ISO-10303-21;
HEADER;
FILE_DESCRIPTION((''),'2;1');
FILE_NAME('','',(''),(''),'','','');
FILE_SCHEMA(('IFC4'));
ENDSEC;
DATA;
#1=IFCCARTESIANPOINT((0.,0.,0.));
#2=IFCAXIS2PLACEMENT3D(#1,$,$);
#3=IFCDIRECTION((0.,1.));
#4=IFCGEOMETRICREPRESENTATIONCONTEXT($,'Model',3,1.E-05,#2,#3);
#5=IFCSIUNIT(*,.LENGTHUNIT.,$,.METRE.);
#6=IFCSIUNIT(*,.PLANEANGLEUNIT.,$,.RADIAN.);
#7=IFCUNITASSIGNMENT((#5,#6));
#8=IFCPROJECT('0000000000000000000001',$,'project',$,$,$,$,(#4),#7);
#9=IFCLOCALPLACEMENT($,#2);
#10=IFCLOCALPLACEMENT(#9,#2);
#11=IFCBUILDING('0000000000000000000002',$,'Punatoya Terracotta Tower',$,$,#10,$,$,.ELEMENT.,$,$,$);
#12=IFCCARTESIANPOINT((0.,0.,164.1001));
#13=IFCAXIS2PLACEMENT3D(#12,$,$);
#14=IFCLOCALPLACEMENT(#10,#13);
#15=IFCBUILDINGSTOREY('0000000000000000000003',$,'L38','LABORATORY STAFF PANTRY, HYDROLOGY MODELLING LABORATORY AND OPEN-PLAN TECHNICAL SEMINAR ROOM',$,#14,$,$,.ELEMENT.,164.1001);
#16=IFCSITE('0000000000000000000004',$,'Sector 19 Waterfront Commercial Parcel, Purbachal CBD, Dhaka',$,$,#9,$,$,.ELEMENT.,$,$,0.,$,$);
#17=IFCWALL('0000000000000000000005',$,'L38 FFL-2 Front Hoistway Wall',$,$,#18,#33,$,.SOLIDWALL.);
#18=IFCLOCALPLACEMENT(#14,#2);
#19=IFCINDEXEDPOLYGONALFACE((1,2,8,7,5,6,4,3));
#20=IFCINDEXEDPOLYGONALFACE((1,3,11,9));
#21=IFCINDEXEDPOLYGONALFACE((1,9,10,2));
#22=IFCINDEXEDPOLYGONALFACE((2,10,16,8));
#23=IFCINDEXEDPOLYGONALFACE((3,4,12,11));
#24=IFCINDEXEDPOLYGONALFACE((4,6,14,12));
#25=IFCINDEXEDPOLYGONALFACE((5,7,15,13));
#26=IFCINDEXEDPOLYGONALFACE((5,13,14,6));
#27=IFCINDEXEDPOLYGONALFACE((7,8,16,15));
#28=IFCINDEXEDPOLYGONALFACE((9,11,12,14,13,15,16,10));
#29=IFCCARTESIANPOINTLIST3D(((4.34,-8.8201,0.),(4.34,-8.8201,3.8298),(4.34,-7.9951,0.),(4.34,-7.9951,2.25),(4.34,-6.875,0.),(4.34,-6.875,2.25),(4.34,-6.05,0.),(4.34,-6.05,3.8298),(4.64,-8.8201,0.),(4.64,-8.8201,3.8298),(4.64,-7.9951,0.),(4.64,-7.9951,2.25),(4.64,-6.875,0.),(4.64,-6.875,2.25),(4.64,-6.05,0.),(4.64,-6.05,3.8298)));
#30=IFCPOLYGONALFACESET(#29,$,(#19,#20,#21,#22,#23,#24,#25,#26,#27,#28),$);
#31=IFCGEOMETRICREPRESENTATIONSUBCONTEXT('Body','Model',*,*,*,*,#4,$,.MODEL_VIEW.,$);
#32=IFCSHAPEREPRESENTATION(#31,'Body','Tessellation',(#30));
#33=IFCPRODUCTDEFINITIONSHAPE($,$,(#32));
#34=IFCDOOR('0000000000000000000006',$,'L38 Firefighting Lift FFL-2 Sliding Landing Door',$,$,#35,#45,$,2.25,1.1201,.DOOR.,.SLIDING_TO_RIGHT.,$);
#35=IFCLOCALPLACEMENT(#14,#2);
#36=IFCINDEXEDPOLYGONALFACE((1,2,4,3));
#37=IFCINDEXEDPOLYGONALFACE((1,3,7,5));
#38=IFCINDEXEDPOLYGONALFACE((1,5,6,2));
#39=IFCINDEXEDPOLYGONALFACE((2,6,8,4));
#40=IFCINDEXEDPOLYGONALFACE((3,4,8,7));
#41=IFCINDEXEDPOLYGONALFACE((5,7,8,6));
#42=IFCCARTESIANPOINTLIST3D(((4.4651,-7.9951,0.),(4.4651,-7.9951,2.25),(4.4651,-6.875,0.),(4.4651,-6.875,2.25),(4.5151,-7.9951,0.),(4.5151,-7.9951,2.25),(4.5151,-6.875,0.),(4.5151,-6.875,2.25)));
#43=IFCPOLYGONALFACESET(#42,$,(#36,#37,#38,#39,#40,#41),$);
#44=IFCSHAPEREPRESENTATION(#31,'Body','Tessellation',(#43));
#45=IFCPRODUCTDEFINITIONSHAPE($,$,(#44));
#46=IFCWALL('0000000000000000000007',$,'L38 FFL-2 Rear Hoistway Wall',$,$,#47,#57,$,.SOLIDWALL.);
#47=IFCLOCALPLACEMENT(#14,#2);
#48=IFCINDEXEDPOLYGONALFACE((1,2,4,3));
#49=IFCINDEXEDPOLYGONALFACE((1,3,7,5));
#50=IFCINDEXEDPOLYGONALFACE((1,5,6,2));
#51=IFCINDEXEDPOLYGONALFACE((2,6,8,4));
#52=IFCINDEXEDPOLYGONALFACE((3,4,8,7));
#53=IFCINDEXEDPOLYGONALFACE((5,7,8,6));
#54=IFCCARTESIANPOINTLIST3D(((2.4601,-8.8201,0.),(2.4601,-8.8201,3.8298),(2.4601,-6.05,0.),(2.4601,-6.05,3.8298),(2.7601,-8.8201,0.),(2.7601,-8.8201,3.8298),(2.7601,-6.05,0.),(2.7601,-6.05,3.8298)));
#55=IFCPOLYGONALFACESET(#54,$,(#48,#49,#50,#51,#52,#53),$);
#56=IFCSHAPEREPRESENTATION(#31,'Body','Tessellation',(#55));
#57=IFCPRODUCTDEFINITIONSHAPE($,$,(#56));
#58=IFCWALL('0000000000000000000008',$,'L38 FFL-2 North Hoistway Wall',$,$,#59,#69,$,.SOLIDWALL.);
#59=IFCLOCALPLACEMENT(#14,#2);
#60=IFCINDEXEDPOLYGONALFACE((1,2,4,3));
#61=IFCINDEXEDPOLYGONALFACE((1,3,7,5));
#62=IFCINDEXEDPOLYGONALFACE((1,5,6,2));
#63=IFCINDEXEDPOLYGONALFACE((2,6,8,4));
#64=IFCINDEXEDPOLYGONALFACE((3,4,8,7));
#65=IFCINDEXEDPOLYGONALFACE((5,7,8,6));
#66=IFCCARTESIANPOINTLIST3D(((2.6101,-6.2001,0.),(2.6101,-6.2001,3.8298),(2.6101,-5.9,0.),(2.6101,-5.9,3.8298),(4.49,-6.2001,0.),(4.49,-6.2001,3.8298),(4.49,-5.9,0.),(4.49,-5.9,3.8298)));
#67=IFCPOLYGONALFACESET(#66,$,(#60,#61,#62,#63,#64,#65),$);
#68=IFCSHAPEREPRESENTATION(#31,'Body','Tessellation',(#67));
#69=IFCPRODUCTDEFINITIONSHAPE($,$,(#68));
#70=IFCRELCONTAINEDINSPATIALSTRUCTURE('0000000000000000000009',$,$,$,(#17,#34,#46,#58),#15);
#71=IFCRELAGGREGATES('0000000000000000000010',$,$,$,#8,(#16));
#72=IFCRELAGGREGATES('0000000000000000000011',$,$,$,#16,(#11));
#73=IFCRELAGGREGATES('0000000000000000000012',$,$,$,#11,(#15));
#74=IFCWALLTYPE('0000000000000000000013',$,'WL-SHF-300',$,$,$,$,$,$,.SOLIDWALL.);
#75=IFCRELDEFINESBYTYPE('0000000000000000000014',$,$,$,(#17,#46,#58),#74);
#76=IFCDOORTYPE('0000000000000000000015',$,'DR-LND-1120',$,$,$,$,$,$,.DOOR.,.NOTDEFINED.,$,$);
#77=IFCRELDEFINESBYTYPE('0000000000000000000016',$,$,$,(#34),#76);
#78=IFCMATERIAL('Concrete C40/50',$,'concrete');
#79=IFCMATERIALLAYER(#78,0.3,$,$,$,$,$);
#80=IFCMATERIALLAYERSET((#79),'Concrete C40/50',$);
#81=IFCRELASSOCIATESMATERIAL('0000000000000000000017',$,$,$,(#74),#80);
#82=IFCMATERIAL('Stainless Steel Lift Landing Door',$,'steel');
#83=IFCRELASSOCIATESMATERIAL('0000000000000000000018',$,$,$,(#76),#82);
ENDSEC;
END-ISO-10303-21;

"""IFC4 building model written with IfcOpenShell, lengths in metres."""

from ifc_helpers import new_model, si_unit, direction, frame, frame_2d, origin, place, context, subcontext, project, spatial, rectangle, extrude, material, layer, layer_set, type_object, element, fill, save


model = new_model("IFC4")

# Units and contexts
model_context = context("Model", 3, precision=1e-05, world=origin(), true_north=direction((0.0, 1.0)))
body_context = subcontext(model_context, "Body", "Model", "MODEL_VIEW")
ifc_project = project(units=[si_unit("LENGTHUNIT", "METRE"), si_unit("PLANEANGLEUNIT", "RADIAN")], contexts=[model_context])

# Site, building, storey
site_placement = place(None, origin())
site = spatial("IfcSite", under=ifc_project, at=site_placement, Name="Sector 19 Waterfront Commercial Parcel, Purbachal CBD, Dhaka", CompositionType="ELEMENT", RefElevation=0.0)
building_placement = place(site_placement, origin())
building = spatial("IfcBuilding", under=site, at=building_placement, Name="Punatoya Terracotta Tower", CompositionType="ELEMENT")
storey_placement = place(building_placement, frame((0.0, 0.0, 164.1001)))
storey = spatial("IfcBuildingStorey", under=building, at=storey_placement, Name="L38", Description="LABORATORY STAFF PANTRY, HYDROLOGY MODELLING LABORATORY AND OPEN-PLAN TECHNICAL SEMINAR ROOM", CompositionType="ELEMENT", Elevation=164.1001)

# Shared definitions
ifc_material_1 = material(Name="Concrete C40/50", Category="concrete")

# Wall, opening, door
ifc_layer_1 = layer(ifc_material_1, 0.3)
ifc_layer_set_1 = layer_set([ifc_layer_1], Name="Concrete C40/50")
wall_type_1 = type_object("IfcWallType", Name="WL-SHF-300", PredefinedType="SOLIDWALL", material=ifc_layer_set_1)
wall_1_placement = place(storey_placement, frame((4.49, -8.8201, 0.0), z_axis=(0.0, 0.0, 1.0), x_axis=(0.0, 1.0, 0.0)))
wall_1 = element("IfcWall", 1, at=wall_1_placement, inside=storey, type_object=wall_type_1, Name="L38 FFL-2 Front Hoistway Wall", PredefinedType="SOLIDWALL", context=body_context, shape_type="SweptSolid", body=[
    extrude(rectangle(XDim=2.77, YDim=0.3, at=frame_2d((1.385, 0.0))), origin(), (0.0, 0.0, 1.0), 3.8298),
])
opening_1_placement = place(wall_1_placement, frame((0.825, 0.0, 0.0)))
opening_1 = element("IfcOpeningElement", 2, at=opening_1_placement, cuts=wall_1, PredefinedType="OPENING", context=body_context, shape_type="SweptSolid", body=[
    extrude(rectangle(XDim=1.1201, YDim=2.25, at=frame_2d((0.5601, 1.125))), frame((0.0, 0.1599, 0.0), z_axis=(0.0, -1.0, 0.0), x_axis=(1.0, 0.0, 0.0)), (0.0, 0.0, 1.0), 0.3201),
])
ifc_material_2 = material(Name="Stainless Steel Lift Landing Door", Category="steel")
door_type_1 = type_object("IfcDoorType", Name="DR-LND-1120", OperationType="NOTDEFINED", PredefinedType="DOOR", material=ifc_material_2)
door_1_placement = place(opening_1_placement, origin())
door_1 = element("IfcDoor", 3, at=door_1_placement, inside=storey, type_object=door_type_1, Name="L38 Firefighting Lift FFL-2 Sliding Landing Door", OperationType="SLIDING_TO_RIGHT", OverallHeight=2.25, OverallWidth=1.1201, PredefinedType="DOOR", context=body_context, shape_type="SweptSolid", body=[
    extrude(rectangle(XDim=1.1201, YDim=2.25, at=frame_2d((0.5601, 1.125))), frame((0.0, 0.0249, 0.0), z_axis=(0.0, -1.0, 0.0), x_axis=(1.0, 0.0, 0.0)), (0.0, 0.0, 1.0), 0.05),
])
fill(opening_1, door_1)

# Walls
wall_2_placement = place(storey_placement, frame((2.6101, -8.8201, 0.0), z_axis=(0.0, 0.0, 1.0), x_axis=(0.0, 1.0, 0.0)))
element("IfcWall", 4, at=wall_2_placement, inside=storey, type_object=wall_type_1, Name="L38 FFL-2 Rear Hoistway Wall", PredefinedType="SOLIDWALL", context=body_context, shape_type="SweptSolid", body=[
    extrude(rectangle(XDim=2.77, YDim=0.3, at=frame_2d((1.385, 0.0))), origin(), (0.0, 0.0, 1.0), 3.8298),
])
wall_3_placement = place(storey_placement, frame((2.6101, -6.05, 0.0), z_axis=(0.0, 0.0, 1.0), x_axis=(1.0, 0.0, 0.0)))
element("IfcWall", 5, at=wall_3_placement, inside=storey, type_object=wall_type_1, Name="L38 FFL-2 North Hoistway Wall", PredefinedType="SOLIDWALL", context=body_context, shape_type="SweptSolid", body=[
    extrude(rectangle(XDim=1.8799, YDim=0.3, at=frame_2d((0.9399, 0.0))), origin(), (0.0, 0.0, 1.0), 3.8298),
])

save(model, "model.ifc")
